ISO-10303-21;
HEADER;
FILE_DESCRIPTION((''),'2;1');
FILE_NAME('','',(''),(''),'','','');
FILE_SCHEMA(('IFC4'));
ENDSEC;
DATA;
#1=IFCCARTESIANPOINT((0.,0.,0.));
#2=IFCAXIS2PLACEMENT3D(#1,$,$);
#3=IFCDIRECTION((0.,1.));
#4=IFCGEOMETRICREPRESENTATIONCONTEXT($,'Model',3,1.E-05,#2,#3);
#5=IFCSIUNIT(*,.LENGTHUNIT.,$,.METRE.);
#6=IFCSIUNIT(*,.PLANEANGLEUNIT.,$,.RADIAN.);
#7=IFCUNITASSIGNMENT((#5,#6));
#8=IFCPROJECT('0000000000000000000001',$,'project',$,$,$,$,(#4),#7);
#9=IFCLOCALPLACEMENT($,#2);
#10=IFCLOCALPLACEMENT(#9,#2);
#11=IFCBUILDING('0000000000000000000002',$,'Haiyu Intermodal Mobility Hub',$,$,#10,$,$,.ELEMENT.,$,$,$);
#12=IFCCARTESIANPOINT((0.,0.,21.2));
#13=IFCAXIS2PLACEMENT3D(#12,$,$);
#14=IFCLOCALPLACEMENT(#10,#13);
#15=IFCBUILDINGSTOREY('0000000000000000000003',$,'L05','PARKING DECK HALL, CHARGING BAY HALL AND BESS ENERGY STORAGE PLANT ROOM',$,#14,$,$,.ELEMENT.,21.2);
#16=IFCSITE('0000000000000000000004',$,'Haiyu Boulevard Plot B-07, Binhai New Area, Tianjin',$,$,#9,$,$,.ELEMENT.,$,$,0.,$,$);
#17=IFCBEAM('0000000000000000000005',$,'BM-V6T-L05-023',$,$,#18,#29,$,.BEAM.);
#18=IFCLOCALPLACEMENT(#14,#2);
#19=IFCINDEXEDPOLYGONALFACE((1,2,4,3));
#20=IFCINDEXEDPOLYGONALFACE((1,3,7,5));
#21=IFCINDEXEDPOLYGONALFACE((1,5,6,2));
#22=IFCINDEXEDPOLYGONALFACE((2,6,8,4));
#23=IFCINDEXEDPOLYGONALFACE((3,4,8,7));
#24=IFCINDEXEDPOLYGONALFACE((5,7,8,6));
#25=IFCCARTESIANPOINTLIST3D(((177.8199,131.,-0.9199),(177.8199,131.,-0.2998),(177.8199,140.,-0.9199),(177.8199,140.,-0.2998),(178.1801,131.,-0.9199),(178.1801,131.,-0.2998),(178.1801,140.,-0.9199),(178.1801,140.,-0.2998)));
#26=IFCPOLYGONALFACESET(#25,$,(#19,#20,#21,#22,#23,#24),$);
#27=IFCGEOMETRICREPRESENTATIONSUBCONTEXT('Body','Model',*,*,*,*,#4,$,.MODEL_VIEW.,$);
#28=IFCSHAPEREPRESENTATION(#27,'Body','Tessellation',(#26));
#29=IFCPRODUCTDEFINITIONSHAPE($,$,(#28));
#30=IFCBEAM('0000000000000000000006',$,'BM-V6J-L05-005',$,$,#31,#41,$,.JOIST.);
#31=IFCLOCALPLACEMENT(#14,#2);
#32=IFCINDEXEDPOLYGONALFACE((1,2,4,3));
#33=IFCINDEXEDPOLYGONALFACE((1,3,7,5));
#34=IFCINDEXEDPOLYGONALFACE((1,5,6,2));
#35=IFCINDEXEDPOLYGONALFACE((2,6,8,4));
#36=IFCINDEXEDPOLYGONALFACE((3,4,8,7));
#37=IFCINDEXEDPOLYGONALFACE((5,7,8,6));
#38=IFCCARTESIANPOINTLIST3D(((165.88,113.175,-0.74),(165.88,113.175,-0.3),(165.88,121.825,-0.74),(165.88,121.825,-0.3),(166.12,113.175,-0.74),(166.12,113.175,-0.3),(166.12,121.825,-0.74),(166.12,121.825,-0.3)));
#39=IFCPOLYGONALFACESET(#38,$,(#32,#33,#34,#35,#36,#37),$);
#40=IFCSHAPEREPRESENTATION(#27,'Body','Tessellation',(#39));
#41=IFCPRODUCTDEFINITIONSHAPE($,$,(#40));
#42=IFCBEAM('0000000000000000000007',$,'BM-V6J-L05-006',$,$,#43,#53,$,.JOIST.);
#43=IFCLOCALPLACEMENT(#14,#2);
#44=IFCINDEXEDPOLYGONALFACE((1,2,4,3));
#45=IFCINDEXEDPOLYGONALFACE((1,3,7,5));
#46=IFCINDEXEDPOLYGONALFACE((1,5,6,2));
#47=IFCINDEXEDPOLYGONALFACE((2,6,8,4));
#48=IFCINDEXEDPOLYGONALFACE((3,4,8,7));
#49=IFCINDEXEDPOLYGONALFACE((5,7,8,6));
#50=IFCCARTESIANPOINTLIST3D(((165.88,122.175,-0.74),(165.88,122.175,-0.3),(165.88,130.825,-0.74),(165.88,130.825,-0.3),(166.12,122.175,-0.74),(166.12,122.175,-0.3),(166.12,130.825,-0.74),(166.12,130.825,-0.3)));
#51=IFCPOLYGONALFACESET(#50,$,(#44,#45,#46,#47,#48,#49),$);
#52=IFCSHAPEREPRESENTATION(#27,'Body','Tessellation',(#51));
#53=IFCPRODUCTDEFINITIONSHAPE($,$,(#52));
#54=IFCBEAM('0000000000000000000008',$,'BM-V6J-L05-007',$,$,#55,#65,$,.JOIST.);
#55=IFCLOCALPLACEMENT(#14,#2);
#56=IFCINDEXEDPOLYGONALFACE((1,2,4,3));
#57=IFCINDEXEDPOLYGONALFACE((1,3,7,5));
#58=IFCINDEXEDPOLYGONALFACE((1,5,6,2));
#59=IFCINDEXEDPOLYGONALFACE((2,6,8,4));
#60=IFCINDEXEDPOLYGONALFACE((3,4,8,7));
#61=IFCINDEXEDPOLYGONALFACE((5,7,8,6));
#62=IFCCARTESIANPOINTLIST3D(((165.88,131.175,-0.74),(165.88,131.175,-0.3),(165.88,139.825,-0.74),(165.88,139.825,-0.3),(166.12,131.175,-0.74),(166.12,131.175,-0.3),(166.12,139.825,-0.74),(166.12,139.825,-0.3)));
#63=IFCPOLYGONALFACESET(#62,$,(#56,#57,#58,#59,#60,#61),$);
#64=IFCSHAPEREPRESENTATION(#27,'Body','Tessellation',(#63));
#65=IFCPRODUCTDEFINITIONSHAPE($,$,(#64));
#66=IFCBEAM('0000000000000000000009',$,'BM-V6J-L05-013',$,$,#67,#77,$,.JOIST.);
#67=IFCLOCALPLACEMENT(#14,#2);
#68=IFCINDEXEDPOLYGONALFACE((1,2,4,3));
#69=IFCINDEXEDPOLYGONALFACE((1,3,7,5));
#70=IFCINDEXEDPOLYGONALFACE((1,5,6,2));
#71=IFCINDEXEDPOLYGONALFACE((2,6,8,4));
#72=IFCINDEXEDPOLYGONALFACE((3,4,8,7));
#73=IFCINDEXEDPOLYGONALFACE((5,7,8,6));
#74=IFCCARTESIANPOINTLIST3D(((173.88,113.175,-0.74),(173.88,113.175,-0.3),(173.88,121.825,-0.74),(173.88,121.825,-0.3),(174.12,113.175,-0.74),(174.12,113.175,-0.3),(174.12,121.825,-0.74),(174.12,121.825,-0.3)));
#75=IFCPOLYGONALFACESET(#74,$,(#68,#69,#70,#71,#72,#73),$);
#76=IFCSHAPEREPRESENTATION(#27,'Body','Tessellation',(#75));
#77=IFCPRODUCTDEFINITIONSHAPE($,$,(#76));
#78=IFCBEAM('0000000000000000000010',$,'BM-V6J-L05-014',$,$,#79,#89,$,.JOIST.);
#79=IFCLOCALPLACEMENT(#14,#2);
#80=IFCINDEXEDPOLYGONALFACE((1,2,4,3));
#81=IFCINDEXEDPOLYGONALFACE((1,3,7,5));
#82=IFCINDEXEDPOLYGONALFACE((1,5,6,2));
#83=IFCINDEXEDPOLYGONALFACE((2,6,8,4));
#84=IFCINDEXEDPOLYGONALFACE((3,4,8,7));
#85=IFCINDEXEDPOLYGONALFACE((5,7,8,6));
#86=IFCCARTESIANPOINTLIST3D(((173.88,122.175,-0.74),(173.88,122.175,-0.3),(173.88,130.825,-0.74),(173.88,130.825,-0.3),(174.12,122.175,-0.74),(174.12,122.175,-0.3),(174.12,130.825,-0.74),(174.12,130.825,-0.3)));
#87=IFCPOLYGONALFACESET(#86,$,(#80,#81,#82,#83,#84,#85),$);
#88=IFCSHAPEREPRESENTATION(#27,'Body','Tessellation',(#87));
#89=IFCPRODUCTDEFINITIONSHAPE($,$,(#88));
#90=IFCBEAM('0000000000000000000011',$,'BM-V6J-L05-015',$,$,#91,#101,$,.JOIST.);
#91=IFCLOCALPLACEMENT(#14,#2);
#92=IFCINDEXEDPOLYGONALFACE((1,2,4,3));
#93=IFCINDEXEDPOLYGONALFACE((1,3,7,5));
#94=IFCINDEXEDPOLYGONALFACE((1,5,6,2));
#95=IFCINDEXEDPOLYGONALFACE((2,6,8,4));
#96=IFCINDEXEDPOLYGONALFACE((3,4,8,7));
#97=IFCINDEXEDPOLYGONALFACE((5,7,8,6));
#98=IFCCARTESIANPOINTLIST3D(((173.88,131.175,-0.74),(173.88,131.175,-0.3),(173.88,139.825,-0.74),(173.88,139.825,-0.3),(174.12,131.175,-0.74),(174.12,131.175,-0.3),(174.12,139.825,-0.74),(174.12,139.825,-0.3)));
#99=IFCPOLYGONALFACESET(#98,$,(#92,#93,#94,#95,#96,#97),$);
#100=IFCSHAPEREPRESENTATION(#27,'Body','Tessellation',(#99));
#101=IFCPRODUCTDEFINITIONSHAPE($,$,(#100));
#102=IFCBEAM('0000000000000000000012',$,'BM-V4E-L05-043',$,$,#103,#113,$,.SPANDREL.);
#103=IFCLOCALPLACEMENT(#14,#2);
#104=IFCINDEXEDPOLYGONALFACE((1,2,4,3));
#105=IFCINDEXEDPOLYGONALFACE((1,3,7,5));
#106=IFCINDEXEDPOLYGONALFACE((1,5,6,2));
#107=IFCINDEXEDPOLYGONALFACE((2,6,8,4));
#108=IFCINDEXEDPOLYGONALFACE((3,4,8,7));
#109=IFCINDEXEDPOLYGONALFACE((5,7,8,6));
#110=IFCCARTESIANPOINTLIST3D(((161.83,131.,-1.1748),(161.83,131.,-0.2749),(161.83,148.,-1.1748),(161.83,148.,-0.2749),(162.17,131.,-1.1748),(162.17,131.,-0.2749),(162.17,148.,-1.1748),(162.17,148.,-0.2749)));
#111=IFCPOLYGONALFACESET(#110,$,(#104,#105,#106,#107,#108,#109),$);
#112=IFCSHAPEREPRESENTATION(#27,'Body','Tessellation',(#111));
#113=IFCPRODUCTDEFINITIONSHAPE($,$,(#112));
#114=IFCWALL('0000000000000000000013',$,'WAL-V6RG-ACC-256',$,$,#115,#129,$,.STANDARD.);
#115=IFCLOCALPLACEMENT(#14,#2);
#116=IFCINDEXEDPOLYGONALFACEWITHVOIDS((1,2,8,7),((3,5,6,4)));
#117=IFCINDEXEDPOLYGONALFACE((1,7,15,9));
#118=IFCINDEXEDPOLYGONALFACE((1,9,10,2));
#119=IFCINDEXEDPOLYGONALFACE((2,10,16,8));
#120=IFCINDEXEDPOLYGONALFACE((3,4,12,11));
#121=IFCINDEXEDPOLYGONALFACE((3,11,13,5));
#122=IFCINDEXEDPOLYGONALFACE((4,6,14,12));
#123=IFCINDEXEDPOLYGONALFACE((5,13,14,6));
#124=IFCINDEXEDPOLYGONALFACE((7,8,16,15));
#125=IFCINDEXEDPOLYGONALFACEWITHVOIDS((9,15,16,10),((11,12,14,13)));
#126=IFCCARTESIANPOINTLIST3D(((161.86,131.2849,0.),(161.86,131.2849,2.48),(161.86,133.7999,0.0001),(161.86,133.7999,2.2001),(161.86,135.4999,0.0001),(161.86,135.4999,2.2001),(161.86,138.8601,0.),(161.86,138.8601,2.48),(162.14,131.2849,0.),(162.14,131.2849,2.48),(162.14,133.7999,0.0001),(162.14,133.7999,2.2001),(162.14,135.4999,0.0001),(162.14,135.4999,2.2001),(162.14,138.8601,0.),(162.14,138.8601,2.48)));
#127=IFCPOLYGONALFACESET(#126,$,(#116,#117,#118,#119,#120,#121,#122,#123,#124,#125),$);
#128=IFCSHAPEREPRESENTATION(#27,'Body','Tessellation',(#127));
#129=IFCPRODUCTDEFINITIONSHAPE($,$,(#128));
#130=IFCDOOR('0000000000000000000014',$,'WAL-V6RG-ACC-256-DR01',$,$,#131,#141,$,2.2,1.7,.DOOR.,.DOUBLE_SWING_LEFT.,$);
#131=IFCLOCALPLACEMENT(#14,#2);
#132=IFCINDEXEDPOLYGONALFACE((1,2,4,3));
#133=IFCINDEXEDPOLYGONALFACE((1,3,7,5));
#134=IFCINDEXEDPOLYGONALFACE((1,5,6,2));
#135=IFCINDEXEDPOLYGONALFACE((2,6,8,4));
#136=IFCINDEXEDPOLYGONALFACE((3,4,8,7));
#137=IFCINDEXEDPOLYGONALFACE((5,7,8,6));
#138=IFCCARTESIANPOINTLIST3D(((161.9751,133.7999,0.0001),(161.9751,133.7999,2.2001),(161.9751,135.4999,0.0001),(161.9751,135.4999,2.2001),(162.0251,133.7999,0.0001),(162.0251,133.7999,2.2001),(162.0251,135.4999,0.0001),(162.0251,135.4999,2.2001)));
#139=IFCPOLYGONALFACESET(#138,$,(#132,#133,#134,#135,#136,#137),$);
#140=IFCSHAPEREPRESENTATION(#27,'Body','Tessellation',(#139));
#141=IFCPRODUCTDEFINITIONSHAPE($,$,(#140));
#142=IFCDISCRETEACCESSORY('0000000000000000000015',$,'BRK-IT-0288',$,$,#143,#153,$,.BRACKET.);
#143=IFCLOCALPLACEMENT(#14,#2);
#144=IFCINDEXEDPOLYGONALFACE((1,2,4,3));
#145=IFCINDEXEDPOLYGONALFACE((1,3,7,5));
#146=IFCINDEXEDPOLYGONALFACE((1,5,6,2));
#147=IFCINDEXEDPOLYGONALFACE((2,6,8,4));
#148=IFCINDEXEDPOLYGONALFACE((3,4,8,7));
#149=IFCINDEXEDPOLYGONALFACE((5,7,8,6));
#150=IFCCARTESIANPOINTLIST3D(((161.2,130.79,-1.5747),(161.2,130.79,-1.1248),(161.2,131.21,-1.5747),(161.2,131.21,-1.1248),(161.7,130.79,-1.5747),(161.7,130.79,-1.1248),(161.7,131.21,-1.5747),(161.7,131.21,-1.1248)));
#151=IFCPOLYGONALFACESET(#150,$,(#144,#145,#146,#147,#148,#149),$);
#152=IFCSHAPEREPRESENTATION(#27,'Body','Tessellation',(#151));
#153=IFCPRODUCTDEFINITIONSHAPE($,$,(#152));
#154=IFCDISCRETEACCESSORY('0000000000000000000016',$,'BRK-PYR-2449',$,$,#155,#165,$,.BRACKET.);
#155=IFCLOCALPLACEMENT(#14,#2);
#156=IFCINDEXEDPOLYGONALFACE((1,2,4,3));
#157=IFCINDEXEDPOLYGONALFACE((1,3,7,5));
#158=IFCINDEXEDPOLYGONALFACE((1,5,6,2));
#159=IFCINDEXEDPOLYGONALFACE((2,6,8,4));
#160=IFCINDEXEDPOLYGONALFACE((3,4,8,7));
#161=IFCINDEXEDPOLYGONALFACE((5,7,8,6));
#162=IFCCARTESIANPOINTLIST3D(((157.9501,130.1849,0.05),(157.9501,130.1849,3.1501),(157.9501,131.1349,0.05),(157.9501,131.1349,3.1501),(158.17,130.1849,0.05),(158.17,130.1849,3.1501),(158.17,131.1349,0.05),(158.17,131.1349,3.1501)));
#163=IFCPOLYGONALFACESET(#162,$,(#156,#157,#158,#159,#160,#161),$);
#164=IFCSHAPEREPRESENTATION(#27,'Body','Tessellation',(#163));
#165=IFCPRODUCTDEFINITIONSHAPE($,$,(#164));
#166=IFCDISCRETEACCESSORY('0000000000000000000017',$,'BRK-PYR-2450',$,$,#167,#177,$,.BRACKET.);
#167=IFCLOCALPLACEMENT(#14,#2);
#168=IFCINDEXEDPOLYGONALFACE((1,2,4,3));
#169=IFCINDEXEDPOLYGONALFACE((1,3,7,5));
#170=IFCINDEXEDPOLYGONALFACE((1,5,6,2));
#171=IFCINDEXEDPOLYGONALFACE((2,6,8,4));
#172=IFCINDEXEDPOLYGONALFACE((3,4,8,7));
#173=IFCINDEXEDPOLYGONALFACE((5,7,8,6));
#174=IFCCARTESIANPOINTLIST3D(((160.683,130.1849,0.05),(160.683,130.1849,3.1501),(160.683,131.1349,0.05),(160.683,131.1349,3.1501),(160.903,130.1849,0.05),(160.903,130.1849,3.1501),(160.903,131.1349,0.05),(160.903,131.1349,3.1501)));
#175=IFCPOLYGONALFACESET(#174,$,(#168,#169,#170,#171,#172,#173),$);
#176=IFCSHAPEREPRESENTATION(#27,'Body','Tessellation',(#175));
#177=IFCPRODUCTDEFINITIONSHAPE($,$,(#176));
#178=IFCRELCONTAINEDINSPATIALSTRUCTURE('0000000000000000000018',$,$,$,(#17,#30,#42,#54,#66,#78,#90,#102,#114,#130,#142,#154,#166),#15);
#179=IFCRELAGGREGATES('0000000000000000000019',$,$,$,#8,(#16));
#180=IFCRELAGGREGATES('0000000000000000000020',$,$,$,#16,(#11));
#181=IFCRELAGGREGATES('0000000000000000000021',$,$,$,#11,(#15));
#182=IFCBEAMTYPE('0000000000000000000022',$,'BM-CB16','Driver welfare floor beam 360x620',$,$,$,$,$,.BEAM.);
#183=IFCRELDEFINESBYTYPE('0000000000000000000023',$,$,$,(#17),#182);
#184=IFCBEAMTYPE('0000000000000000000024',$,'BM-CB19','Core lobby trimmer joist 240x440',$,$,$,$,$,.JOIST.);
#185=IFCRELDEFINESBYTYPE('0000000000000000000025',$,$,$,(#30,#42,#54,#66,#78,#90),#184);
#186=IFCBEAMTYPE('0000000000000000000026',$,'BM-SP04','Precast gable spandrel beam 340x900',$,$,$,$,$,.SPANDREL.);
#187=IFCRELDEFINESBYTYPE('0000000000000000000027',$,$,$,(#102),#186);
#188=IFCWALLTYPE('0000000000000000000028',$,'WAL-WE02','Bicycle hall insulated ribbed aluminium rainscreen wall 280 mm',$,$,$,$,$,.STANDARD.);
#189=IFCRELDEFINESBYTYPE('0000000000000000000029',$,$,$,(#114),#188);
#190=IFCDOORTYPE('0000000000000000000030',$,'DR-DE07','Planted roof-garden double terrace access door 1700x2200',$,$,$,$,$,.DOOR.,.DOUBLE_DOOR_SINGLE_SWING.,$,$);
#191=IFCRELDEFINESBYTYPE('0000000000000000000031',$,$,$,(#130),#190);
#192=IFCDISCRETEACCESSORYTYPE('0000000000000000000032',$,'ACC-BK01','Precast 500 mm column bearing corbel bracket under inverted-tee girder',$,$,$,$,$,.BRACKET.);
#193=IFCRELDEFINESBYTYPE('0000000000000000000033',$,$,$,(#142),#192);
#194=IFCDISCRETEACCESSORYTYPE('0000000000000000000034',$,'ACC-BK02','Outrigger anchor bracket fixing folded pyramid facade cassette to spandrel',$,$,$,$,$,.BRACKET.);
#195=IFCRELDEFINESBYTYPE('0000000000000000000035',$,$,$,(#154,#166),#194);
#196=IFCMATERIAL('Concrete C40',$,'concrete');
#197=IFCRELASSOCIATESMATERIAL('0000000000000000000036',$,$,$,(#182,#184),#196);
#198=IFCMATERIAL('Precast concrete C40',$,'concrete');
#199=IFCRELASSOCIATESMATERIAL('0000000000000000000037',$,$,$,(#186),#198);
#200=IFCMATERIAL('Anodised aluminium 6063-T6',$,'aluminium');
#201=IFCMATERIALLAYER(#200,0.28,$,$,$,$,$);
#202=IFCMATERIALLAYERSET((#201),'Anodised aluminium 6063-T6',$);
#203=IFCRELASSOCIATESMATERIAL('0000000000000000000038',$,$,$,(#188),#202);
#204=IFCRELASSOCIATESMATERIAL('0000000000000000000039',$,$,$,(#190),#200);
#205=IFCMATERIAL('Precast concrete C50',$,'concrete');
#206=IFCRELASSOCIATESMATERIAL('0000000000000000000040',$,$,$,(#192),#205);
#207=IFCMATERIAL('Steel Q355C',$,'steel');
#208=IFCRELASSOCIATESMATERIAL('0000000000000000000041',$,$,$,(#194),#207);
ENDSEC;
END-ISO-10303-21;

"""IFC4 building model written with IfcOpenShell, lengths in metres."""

from ifc_helpers import new_model, si_unit, direction, frame, frame_2d, origin, origin_2d, place, context, subcontext, project, spatial, rectangle, extrude, material, layer, layer_set, material_profile, profile_set, type_object, element, fill, save


model = new_model("IFC4")

# Units and contexts
model_context = context("Model", 3, precision=1e-05, world=origin(), true_north=direction((0.0, 1.0)))
body_context = subcontext(model_context, "Body", "Model", "MODEL_VIEW")
ifc_project = project(units=[si_unit("LENGTHUNIT", "METRE"), si_unit("PLANEANGLEUNIT", "RADIAN")], contexts=[model_context])

# Site, building, storey
site_placement = place(None, origin())
site = spatial("IfcSite", under=ifc_project, at=site_placement, Name="Haiyu Boulevard Plot B-07, Binhai New Area, Tianjin", CompositionType="ELEMENT", RefElevation=0.0)
building_placement = place(site_placement, origin())
building = spatial("IfcBuilding", under=site, at=building_placement, Name="Haiyu Intermodal Mobility Hub", CompositionType="ELEMENT")
storey_placement = place(building_placement, frame((0.0, 0.0, 21.2)))
storey = spatial("IfcBuildingStorey", under=building, at=storey_placement, Name="L05", Description="PARKING DECK HALL, CHARGING BAY HALL AND BESS ENERGY STORAGE PLANT ROOM", CompositionType="ELEMENT", Elevation=21.2)

# Shared definitions
ifc_material_1 = material(Name="Precast concrete C40", Category="concrete")
ifc_material_2 = material(Name="Steel Q355C", Category="steel")

# Beams
ifc_material_3 = material(Name="Concrete C40", Category="concrete")
ifc_material_profile_1 = material_profile(ifc_material_3, rectangle(XDim=0.3601, YDim=0.6201, at=origin_2d()), Name="B360x620")
ifc_profile_set_1 = profile_set([ifc_material_profile_1], Name="Concrete C40")
beam_type_1 = type_object("IfcBeamType", Name="BM-CB16", Description="Driver welfare floor beam 360x620", PredefinedType="BEAM", material=ifc_profile_set_1)
for number, where, z_axis, x_axis, name in (
    (1, (178.0, 131.0, -0.6099), (0.0, 1.0, 0.0), (-1.0, 0.0, 0.0), "BM-V6T-L05-023"),
):
    element("IfcBeam", number, at=place(storey_placement, frame(where, z_axis=z_axis, x_axis=x_axis)), inside=storey, type_object=beam_type_1, Name=name, PredefinedType="BEAM", context=body_context, shape_type="SweptSolid", body=[
        extrude(rectangle(XDim=0.3601, YDim=0.6201, at=origin_2d()), origin(), (0.0, 0.0, 1.0), 9.0),
    ])
ifc_material_profile_2 = material_profile(ifc_material_3, rectangle(XDim=0.24, YDim=0.4399, at=origin_2d()), Name="B240x440")
ifc_profile_set_2 = profile_set([ifc_material_profile_2], Name="Concrete C40")
beam_type_2 = type_object("IfcBeamType", Name="BM-CB19", Description="Core lobby trimmer joist 240x440", PredefinedType="JOIST", material=ifc_profile_set_2)
for number, where, z_axis, x_axis, name in (
    (2, (166.0, 113.175, -0.52), (0.0, 1.0, 0.0), (-1.0, 0.0, 0.0), "BM-V6J-L05-005"),
    (3, (166.0, 122.175, -0.52), (0.0, 1.0, 0.0), (-1.0, 0.0, 0.0), "BM-V6J-L05-006"),
    (4, (166.0, 131.175, -0.52), (0.0, 1.0, 0.0), (-1.0, 0.0, 0.0), "BM-V6J-L05-007"),
    (5, (174.0, 113.175, -0.52), (0.0, 1.0, 0.0), (-1.0, 0.0, 0.0), "BM-V6J-L05-013"),
    (6, (174.0, 122.175, -0.52), (0.0, 1.0, 0.0), (-1.0, 0.0, 0.0), "BM-V6J-L05-014"),
    (7, (174.0, 131.175, -0.52), (0.0, 1.0, 0.0), (-1.0, 0.0, 0.0), "BM-V6J-L05-015"),
):
    element("IfcBeam", number, at=place(storey_placement, frame(where, z_axis=z_axis, x_axis=x_axis)), inside=storey, type_object=beam_type_2, Name=name, PredefinedType="JOIST", context=body_context, shape_type="SweptSolid", body=[
        extrude(rectangle(XDim=0.24, YDim=0.4399, at=origin_2d()), origin(), (0.0, 0.0, 1.0), 8.6499),
    ])
ifc_material_profile_3 = material_profile(ifc_material_1, rectangle(XDim=0.3401, YDim=0.8999, at=origin_2d()), Name="B340x900")
ifc_profile_set_3 = profile_set([ifc_material_profile_3], Name="Precast concrete C40")
beam_type_3 = type_object("IfcBeamType", Name="BM-SP04", Description="Precast gable spandrel beam 340x900", PredefinedType="SPANDREL", material=ifc_profile_set_3)
beam_1_placement = place(storey_placement, frame((162.0, 131.0, -0.7249), z_axis=(0.0, 1.0, 0.0), x_axis=(-1.0, 0.0, 0.0)))
element("IfcBeam", 8, at=beam_1_placement, inside=storey, type_object=beam_type_3, Name="BM-V4E-L05-043", PredefinedType="SPANDREL", context=body_context, shape_type="SweptSolid", body=[
    extrude(rectangle(XDim=0.3401, YDim=0.8999, at=origin_2d()), origin(), (0.0, 0.0, 1.0), 17.0),
])

# Wall, opening, door
ifc_material_4 = material(Name="Anodised aluminium 6063-T6", Category="aluminium")
ifc_layer = layer(ifc_material_4, 0.28)
ifc_layer_set = layer_set([ifc_layer], Name="Anodised aluminium 6063-T6")
wall_type = type_object("IfcWallType", Name="WAL-WE02", Description="Bicycle hall insulated ribbed aluminium rainscreen wall 280 mm", PredefinedType="STANDARD", material=ifc_layer_set)
wall_placement = place(storey_placement, frame((162.0, 131.2849, 0.0), z_axis=(0.0, 0.0, 1.0), x_axis=(0.0, 1.0, 0.0)))
wall = element("IfcWall", 9, at=wall_placement, inside=storey, type_object=wall_type, Name="WAL-V6RG-ACC-256", PredefinedType="STANDARD", context=body_context, shape_type="SweptSolid", body=[
    extrude(rectangle(XDim=7.5752, YDim=0.28, at=frame_2d((3.7876, 0.0))), origin(), (0.0, 0.0, 1.0), 2.48),
])
opening_placement = place(wall_placement, frame((2.5149, 0.0, 0.0)))
opening = element("IfcOpeningElement", 10, at=opening_placement, cuts=wall, PredefinedType="OPENING", context=body_context, shape_type="SweptSolid", body=[
    extrude(rectangle(XDim=1.7, YDim=2.2, at=frame_2d((0.8501, 1.1001))), frame((0.0, 0.1499, 0.0), z_axis=(0.0, -1.0, 0.0), x_axis=(1.0, 0.0, 0.0)), (0.0, 0.0, 1.0), 0.3),
])
door_type = type_object("IfcDoorType", Name="DR-DE07", Description="Planted roof-garden double terrace access door 1700x2200", OperationType="DOUBLE_DOOR_SINGLE_SWING", PredefinedType="DOOR", material=ifc_material_4)
door_placement = place(opening_placement, origin())
door = element("IfcDoor", 11, at=door_placement, inside=storey, type_object=door_type, Name="WAL-V6RG-ACC-256-DR01", OperationType="DOUBLE_SWING_LEFT", OverallHeight=2.2, OverallWidth=1.7, PredefinedType="DOOR", context=body_context, shape_type="SweptSolid", body=[
    extrude(rectangle(XDim=1.7, YDim=2.2, at=frame_2d((0.8501, 1.1001))), frame((0.0, 0.0249, 0.0), z_axis=(0.0, -1.0, 0.0), x_axis=(1.0, 0.0, 0.0)), (0.0, 0.0, 1.0), 0.05),
])
fill(opening, door)

# Discrete accessories
ifc_material_5 = material(Name="Precast concrete C50", Category="concrete")
discrete_accessory_type_1 = type_object("IfcDiscreteAccessoryType", Name="ACC-BK01", Description="Precast 500 mm column bearing corbel bracket under inverted-tee girder", PredefinedType="BRACKET", material=ifc_material_5)
discrete_accessory_placement = place(storey_placement, frame((161.45, 131.0, -1.5747), z_axis=(0.0, 0.0, 1.0), x_axis=(1.0, 0.0, 0.0)))
element("IfcDiscreteAccessory", 12, at=discrete_accessory_placement, inside=storey, type_object=discrete_accessory_type_1, Name="BRK-IT-0288", PredefinedType="BRACKET", context=body_context, shape_type="SweptSolid", body=[
    extrude(rectangle(XDim=0.5, YDim=0.4199, at=origin_2d()), origin(), (0.0, 0.0, 1.0), 0.45),
])
discrete_accessory_type_2 = type_object("IfcDiscreteAccessoryType", Name="ACC-BK02", Description="Outrigger anchor bracket fixing folded pyramid facade cassette to spandrel", PredefinedType="BRACKET", material=ifc_material_2)
for number, where, z_axis, x_axis, name in (
    (13, (158.0601, 130.6599, 0.05), (0.0, 0.0, 1.0), (1.0, 0.0, 0.0), "BRK-PYR-2449"),
    (14, (160.793, 130.6599, 0.05), (0.0, 0.0, 1.0), (1.0, 0.0, 0.0), "BRK-PYR-2450"),
):
    element("IfcDiscreteAccessory", number, at=place(storey_placement, frame(where, z_axis=z_axis, x_axis=x_axis)), inside=storey, type_object=discrete_accessory_type_2, Name=name, PredefinedType="BRACKET", context=body_context, shape_type="SweptSolid", body=[
        extrude(rectangle(XDim=0.22, YDim=0.95, at=origin_2d()), origin(), (0.0, 0.0, 1.0), 3.1001),
    ])

save(model, "model.ifc")
